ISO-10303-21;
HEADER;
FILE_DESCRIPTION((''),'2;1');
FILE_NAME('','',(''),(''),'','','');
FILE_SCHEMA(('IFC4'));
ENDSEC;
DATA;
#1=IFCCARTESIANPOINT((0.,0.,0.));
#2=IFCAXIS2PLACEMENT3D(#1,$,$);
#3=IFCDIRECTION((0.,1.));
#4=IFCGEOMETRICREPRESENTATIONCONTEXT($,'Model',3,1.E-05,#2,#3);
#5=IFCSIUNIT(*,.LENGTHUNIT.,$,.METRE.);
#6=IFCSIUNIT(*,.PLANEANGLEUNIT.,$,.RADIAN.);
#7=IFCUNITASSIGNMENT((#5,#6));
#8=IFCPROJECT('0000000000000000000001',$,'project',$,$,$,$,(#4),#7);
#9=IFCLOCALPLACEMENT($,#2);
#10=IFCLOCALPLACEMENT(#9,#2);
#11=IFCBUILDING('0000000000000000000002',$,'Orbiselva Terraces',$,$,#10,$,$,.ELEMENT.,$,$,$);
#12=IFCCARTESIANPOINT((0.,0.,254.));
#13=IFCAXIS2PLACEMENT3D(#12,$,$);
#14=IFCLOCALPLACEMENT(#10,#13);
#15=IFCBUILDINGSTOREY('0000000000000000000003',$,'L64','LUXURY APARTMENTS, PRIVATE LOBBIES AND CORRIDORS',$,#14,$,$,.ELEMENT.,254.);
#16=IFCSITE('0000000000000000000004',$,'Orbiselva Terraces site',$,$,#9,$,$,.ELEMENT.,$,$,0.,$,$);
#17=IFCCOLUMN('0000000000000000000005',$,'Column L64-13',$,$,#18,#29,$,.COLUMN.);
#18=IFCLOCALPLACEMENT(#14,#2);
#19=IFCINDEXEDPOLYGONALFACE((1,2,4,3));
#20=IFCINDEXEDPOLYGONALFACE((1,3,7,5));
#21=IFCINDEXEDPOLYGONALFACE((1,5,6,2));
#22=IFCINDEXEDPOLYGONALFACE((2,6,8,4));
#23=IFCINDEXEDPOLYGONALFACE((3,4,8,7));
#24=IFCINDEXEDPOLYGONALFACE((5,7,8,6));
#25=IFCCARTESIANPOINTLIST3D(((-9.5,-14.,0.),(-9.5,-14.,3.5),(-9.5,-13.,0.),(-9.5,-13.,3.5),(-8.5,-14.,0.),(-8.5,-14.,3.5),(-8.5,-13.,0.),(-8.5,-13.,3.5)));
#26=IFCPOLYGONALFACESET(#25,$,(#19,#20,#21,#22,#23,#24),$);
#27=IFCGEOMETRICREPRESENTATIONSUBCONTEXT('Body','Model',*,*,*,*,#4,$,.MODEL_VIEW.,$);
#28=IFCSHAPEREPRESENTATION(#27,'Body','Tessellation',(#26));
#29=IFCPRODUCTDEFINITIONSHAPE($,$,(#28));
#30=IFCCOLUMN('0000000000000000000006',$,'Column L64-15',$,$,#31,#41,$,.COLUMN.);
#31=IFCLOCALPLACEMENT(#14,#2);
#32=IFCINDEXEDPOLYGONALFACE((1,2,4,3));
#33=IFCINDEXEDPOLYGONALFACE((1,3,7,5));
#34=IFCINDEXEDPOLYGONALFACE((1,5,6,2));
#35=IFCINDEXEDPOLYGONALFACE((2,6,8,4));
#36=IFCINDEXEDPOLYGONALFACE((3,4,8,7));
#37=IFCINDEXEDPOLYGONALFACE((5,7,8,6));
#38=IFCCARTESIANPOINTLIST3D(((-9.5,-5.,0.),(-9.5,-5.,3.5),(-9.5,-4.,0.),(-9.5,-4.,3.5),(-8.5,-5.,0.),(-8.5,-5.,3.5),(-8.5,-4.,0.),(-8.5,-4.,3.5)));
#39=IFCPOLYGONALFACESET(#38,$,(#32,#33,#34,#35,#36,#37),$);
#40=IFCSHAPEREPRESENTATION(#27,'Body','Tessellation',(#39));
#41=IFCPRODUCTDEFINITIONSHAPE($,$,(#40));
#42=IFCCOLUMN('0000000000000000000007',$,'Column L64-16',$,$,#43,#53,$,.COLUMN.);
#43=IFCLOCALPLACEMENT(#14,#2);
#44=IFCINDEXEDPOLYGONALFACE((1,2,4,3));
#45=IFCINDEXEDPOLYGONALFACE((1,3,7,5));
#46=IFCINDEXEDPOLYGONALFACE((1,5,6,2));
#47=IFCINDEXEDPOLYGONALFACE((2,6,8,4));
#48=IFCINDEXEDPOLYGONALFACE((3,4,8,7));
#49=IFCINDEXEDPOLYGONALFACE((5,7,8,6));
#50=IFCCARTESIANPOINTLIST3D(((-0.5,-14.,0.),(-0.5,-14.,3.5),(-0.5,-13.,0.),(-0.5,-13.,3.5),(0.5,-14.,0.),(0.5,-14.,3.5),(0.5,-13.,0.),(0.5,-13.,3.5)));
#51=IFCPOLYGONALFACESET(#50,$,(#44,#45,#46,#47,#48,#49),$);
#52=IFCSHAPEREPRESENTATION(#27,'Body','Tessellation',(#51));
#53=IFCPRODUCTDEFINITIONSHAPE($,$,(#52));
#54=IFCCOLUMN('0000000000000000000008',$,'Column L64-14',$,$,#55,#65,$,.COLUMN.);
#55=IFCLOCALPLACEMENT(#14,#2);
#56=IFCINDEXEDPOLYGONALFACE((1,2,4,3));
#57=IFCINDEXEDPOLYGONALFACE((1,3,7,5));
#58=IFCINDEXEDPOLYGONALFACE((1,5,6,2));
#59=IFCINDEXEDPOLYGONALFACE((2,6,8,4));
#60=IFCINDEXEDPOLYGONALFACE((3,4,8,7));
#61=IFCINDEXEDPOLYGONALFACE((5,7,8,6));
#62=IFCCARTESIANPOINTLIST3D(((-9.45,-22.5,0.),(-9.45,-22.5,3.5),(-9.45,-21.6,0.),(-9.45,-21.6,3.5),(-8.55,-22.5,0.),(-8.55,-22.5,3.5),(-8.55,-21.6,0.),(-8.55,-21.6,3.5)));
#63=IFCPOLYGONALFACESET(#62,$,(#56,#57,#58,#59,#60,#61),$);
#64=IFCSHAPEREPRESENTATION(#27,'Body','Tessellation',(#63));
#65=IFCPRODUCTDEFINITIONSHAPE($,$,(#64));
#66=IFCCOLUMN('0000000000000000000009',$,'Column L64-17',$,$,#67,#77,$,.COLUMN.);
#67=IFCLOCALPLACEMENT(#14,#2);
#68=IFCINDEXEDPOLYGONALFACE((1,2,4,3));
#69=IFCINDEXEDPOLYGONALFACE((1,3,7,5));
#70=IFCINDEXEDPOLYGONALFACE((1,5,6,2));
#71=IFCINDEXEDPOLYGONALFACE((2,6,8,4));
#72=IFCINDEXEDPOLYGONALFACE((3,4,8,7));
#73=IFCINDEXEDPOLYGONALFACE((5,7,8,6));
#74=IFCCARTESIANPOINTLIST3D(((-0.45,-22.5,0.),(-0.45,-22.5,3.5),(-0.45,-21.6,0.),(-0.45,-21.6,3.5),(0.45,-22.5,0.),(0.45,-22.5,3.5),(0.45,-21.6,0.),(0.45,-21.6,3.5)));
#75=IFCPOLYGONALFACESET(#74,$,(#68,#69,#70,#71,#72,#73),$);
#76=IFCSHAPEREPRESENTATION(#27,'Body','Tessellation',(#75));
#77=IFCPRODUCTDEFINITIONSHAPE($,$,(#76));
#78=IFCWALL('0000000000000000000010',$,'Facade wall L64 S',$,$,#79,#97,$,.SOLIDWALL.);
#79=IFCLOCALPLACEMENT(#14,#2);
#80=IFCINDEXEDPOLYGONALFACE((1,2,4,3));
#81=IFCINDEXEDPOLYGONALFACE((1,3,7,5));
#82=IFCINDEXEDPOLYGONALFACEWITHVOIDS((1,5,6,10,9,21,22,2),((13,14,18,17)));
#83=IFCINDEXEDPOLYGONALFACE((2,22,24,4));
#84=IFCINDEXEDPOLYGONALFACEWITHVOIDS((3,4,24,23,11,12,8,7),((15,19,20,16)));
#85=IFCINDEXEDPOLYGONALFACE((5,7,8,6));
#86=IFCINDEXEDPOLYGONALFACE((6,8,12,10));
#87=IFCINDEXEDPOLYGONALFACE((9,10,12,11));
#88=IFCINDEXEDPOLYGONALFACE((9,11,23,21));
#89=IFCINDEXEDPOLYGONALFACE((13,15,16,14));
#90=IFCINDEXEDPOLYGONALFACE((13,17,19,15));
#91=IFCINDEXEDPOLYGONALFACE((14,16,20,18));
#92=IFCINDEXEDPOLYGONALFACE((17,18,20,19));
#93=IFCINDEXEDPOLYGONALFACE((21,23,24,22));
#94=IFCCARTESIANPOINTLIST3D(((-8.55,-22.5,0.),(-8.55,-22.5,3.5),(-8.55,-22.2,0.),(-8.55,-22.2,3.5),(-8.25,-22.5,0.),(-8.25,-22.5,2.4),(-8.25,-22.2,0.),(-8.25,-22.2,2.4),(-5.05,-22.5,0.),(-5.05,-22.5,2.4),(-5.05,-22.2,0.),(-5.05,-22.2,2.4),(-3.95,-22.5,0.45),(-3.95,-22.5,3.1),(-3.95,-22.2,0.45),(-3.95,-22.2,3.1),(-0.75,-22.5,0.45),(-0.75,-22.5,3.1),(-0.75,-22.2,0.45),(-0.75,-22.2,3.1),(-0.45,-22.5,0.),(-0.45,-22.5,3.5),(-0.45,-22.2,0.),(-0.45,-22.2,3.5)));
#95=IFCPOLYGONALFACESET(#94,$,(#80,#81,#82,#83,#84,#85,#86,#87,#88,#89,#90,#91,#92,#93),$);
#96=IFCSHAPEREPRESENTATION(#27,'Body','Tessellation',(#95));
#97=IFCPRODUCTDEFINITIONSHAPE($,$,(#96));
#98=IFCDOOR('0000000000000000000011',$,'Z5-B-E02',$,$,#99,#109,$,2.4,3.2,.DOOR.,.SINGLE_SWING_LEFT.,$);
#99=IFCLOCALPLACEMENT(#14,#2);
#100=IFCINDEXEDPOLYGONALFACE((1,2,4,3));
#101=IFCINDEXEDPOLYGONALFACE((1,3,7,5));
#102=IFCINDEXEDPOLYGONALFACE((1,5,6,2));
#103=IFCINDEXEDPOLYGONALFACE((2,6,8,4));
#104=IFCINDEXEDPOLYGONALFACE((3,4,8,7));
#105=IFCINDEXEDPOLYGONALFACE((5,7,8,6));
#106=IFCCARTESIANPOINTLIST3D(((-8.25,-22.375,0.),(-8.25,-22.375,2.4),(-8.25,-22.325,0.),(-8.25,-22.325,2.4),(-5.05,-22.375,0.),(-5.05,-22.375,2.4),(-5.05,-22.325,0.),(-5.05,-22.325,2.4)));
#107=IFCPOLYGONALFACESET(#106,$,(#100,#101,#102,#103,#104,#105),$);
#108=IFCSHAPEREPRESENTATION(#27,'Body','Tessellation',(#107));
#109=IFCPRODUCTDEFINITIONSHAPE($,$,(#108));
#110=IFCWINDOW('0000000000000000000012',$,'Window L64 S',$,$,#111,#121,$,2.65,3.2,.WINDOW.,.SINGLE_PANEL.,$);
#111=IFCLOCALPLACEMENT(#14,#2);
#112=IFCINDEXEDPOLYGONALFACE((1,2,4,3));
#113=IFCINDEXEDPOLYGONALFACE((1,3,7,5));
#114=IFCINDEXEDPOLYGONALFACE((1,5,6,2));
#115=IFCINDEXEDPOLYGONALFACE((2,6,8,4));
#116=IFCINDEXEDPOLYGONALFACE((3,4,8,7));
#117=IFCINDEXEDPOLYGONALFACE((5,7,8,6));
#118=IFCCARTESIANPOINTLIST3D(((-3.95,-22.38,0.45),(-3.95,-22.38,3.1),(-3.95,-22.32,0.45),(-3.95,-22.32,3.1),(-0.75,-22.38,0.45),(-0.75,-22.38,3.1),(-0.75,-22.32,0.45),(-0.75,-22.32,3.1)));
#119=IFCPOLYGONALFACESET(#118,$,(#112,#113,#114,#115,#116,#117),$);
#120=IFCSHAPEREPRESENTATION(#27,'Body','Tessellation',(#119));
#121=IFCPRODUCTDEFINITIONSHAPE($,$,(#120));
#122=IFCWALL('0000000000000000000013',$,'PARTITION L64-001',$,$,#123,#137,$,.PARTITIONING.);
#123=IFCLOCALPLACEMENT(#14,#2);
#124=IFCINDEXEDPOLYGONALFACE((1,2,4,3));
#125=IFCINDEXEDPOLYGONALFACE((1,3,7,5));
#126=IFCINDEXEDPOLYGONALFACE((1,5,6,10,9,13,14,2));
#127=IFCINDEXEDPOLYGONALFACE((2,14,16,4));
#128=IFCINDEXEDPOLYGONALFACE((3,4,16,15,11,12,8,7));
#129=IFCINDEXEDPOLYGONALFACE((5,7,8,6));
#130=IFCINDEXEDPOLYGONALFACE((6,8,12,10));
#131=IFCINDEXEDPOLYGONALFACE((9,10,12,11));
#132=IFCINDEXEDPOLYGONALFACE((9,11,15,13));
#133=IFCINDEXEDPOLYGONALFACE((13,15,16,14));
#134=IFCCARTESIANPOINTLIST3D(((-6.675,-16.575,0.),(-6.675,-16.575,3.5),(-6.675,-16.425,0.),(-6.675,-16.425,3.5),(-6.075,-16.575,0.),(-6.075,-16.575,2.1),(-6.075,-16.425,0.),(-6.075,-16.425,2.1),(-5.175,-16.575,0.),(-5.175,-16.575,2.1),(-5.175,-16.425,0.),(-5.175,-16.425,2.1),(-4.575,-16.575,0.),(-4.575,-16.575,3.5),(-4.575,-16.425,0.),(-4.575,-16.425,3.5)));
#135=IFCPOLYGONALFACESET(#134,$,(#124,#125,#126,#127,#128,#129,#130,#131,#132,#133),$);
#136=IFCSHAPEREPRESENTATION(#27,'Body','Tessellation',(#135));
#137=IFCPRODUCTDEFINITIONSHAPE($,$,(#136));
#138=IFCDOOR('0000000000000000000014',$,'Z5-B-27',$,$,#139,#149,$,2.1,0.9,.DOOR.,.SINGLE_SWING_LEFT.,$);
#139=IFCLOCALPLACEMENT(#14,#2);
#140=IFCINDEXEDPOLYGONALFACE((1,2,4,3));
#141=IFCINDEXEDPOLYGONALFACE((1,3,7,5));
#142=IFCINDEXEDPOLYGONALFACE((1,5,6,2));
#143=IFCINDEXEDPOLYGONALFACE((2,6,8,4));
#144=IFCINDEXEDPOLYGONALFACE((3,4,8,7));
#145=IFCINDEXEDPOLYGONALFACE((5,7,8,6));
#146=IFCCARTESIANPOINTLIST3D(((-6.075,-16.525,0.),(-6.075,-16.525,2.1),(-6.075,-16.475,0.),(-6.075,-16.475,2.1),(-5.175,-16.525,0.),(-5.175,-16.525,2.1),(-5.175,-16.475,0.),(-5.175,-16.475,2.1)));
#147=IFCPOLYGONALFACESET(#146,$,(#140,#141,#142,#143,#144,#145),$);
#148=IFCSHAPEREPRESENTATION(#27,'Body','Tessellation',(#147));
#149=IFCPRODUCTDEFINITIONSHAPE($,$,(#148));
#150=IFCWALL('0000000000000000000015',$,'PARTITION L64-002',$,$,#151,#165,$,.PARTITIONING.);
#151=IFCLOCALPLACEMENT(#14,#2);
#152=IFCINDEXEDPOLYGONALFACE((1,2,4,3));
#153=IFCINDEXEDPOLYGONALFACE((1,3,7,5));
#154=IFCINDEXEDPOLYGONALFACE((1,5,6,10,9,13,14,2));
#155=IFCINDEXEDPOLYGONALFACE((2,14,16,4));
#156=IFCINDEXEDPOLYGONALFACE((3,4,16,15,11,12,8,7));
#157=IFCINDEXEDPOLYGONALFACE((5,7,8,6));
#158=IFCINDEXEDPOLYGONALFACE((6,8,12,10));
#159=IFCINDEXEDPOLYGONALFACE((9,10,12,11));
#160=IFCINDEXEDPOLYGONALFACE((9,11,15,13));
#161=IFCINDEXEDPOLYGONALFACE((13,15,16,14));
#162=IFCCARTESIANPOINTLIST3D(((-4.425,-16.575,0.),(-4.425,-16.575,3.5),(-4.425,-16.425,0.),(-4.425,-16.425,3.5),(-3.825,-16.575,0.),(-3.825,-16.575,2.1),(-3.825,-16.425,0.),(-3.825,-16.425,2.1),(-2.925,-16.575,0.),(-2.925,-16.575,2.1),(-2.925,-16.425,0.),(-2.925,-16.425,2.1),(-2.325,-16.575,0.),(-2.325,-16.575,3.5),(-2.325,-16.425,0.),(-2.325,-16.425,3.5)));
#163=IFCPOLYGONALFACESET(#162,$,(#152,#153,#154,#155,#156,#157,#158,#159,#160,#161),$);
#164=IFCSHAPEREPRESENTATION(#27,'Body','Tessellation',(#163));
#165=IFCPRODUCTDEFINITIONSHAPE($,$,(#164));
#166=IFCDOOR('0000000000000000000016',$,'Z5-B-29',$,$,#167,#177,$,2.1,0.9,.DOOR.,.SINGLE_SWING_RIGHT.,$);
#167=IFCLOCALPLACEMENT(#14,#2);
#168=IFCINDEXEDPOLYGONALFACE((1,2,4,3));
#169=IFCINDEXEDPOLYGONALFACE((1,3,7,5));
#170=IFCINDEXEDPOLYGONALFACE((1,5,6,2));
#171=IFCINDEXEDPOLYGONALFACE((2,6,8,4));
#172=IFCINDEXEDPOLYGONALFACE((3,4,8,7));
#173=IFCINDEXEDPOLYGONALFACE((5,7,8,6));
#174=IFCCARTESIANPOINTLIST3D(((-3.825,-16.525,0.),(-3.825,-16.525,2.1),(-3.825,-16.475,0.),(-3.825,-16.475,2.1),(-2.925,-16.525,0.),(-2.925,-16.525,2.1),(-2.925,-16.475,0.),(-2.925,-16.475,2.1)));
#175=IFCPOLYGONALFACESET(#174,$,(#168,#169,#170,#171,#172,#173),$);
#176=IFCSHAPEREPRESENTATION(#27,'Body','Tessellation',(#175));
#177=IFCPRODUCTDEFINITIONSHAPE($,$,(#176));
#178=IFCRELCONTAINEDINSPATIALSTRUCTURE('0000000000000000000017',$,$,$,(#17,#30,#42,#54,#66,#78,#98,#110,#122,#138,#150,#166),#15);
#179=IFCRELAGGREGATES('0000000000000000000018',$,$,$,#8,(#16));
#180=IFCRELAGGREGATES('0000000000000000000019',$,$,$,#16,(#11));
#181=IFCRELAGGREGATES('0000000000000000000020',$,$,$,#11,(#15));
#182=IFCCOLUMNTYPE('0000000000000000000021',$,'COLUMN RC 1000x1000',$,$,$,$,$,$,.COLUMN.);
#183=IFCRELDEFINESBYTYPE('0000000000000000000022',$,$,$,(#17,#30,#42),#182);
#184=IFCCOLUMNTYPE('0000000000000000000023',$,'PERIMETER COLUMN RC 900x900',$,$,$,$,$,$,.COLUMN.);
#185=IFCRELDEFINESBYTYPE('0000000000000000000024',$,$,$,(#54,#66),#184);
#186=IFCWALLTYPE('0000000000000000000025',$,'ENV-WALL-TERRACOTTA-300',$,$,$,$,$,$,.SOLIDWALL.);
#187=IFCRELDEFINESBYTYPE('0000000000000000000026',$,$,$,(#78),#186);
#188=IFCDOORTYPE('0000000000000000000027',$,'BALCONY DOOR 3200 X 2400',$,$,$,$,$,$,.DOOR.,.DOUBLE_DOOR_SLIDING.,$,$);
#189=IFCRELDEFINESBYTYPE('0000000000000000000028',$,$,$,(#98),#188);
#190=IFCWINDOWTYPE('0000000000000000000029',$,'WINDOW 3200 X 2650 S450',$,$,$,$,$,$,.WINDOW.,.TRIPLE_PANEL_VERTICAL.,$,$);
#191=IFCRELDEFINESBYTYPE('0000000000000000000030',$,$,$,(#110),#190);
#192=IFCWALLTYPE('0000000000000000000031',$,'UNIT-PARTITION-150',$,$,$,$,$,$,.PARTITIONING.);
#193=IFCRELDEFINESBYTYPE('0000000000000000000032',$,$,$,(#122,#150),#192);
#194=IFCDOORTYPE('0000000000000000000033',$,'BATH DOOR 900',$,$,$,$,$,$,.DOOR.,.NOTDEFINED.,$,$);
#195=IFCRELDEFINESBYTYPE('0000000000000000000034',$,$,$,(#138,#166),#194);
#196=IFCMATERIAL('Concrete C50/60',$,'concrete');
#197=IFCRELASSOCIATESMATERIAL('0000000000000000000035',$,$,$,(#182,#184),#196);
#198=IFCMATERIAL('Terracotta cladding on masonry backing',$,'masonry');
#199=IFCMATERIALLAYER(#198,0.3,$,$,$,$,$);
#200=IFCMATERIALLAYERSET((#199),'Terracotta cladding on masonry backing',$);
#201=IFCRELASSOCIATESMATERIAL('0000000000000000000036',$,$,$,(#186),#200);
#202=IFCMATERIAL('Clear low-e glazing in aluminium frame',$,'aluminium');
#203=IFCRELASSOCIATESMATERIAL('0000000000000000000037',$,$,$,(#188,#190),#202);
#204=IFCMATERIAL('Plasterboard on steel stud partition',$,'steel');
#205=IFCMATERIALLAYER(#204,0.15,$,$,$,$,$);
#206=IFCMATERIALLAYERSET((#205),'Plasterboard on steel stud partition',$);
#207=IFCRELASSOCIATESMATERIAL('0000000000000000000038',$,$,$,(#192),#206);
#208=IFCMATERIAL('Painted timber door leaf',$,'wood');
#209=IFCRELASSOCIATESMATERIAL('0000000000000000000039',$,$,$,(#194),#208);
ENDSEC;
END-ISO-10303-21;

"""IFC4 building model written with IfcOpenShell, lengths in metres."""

from ifc_helpers import new_model, si_unit, direction, frame, frame_2d, origin, origin_2d, place, context, subcontext, project, spatial, rectangle, extrude, material, layer, layer_set, material_profile, profile_set, type_object, element, fill, save


model = new_model("IFC4")

# Units and contexts
model_context = context("Model", 3, precision=1e-05, world=origin(), true_north=direction((0.0, 1.0)))
body_context = subcontext(model_context, "Body", "Model", "MODEL_VIEW")
ifc_project = project(units=[si_unit("LENGTHUNIT", "METRE"), si_unit("PLANEANGLEUNIT", "RADIAN")], contexts=[model_context])

# Site, building, storey
site_placement = place(None, origin())
site = spatial("IfcSite", under=ifc_project, at=site_placement, Name="Orbiselva Terraces site", CompositionType="ELEMENT", RefElevation=0.0)
building_placement = place(site_placement, origin())
building = spatial("IfcBuilding", under=site, at=building_placement, Name="Orbiselva Terraces", CompositionType="ELEMENT")
storey_placement = place(building_placement, frame((0.0, 0.0, 254.0)))
storey = spatial("IfcBuildingStorey", under=building, at=storey_placement, Name="L64", Description="LUXURY APARTMENTS, PRIVATE LOBBIES AND CORRIDORS", CompositionType="ELEMENT", Elevation=254.0)

# Columns
ifc_material_1 = material(Name="Concrete C50/60", Category="concrete")
ifc_material_profile_1 = material_profile(ifc_material_1, rectangle(XDim=1.0, YDim=1.0, at=origin_2d()), Name="RC 1000x1000")
ifc_profile_set_1 = profile_set([ifc_material_profile_1], Name="Concrete C50/60")
column_type_1 = type_object("IfcColumnType", Name="COLUMN RC 1000x1000", PredefinedType="COLUMN", material=ifc_profile_set_1)
for number, where, z_axis, x_axis, name in (
    (1, (-9.0, -13.5, 0.0), (0.0, 0.0, 1.0), (1.0, 0.0, 0.0), "Column L64-13"),
    (2, (-9.0, -4.5, 0.0), (0.0, 0.0, 1.0), (1.0, 0.0, 0.0), "Column L64-15"),
    (3, (0.0, -13.5, 0.0), (0.0, 0.0, 1.0), (1.0, 0.0, 0.0), "Column L64-16"),
):
    element("IfcColumn", number, at=place(storey_placement, frame(where, z_axis=z_axis, x_axis=x_axis)), inside=storey, type_object=column_type_1, Name=name, PredefinedType="COLUMN", context=body_context, shape_type="SweptSolid", body=[
        extrude(rectangle(XDim=1.0, YDim=1.0, at=origin_2d()), origin(), (0.0, 0.0, 1.0), 3.5),
    ])
ifc_material_profile_2 = material_profile(ifc_material_1, rectangle(XDim=0.9, YDim=0.9, at=origin_2d()), Name="RC 900x900")
ifc_profile_set_2 = profile_set([ifc_material_profile_2], Name="Concrete C50/60")
column_type_2 = type_object("IfcColumnType", Name="PERIMETER COLUMN RC 900x900", PredefinedType="COLUMN", material=ifc_profile_set_2)
for number, where, z_axis, x_axis, name in (
    (4, (-9.0, -22.05, 0.0), (0.0, 0.0, 1.0), (1.0, 0.0, 0.0), "Column L64-14"),
    (5, (0.0, -22.05, 0.0), (0.0, 0.0, 1.0), (1.0, 0.0, 0.0), "Column L64-17"),
):
    element("IfcColumn", number, at=place(storey_placement, frame(where, z_axis=z_axis, x_axis=x_axis)), inside=storey, type_object=column_type_2, Name=name, PredefinedType="COLUMN", context=body_context, shape_type="SweptSolid", body=[
        extrude(rectangle(XDim=0.9, YDim=0.9, at=origin_2d()), origin(), (0.0, 0.0, 1.0), 3.5),
    ])

# Wall, openings, door, window
ifc_material_2 = material(Name="Terracotta cladding on masonry backing", Category="masonry")
ifc_layer_1 = layer(ifc_material_2, 0.3)
ifc_layer_set_1 = layer_set([ifc_layer_1], Name="Terracotta cladding on masonry backing")
wall_type_1 = type_object("IfcWallType", Name="ENV-WALL-TERRACOTTA-300", PredefinedType="SOLIDWALL", material=ifc_layer_set_1)
wall_1_placement = place(storey_placement, frame((-0.45, -22.35, 0.0), z_axis=(0.0, 0.0, 1.0), x_axis=(-1.0, 0.0, 0.0)))
wall_1 = element("IfcWall", 6, at=wall_1_placement, inside=storey, type_object=wall_type_1, Name="Facade wall L64 S", PredefinedType="SOLIDWALL", context=body_context, shape_type="SweptSolid", body=[
    extrude(rectangle(XDim=8.1, YDim=0.3, at=frame_2d((4.05, 0.0))), origin(), (0.0, 0.0, 1.0), 3.5),
])
opening_1_placement = place(wall_1_placement, frame((4.6, 0.0, 0.0)))
opening_1 = element("IfcOpeningElement", 7, at=opening_1_placement, cuts=wall_1, PredefinedType="OPENING", context=body_context, shape_type="SweptSolid", body=[
    extrude(rectangle(XDim=3.2, YDim=2.4, at=frame_2d((1.6, 1.2))), frame((0.0, 0.16, 0.0), z_axis=(0.0, -1.0, 0.0), x_axis=(1.0, 0.0, 0.0)), (0.0, 0.0, 1.0), 0.32),
])
opening_2_placement = place(wall_1_placement, frame((0.3, 0.0, 0.45)))
opening_2 = element("IfcOpeningElement", 8, at=opening_2_placement, cuts=wall_1, PredefinedType="OPENING", context=body_context, shape_type="SweptSolid", body=[
    extrude(rectangle(XDim=3.2, YDim=2.65, at=frame_2d((1.6, 1.325))), frame((0.0, 0.16, 0.0), z_axis=(0.0, -1.0, 0.0), x_axis=(1.0, 0.0, 0.0)), (0.0, 0.0, 1.0), 0.32),
])
ifc_material_3 = material(Name="Clear low-e glazing in aluminium frame", Category="aluminium")
door_type_1 = type_object("IfcDoorType", Name="BALCONY DOOR 3200 X 2400", OperationType="DOUBLE_DOOR_SLIDING", PredefinedType="DOOR", material=ifc_material_3)
door_1_placement = place(opening_1_placement, origin())
door_1 = element("IfcDoor", 9, at=door_1_placement, inside=storey, type_object=door_type_1, Name="Z5-B-E02", OperationType="SINGLE_SWING_LEFT", OverallHeight=2.4, OverallWidth=3.2, PredefinedType="DOOR", context=body_context, shape_type="SweptSolid", body=[
    extrude(rectangle(XDim=3.2, YDim=2.4, at=frame_2d((1.6, 1.2))), frame((0.0, 0.025, 0.0), z_axis=(0.0, -1.0, 0.0), x_axis=(1.0, 0.0, 0.0)), (0.0, 0.0, 1.0), 0.05),
])
fill(opening_1, door_1)
window_type = type_object("IfcWindowType", Name="WINDOW 3200 X 2650 S450", PartitioningType="TRIPLE_PANEL_VERTICAL", PredefinedType="WINDOW", material=ifc_material_3)
window_placement = place(opening_2_placement, origin())
window = element("IfcWindow", 10, at=window_placement, inside=storey, type_object=window_type, Name="Window L64 S", OverallHeight=2.65, OverallWidth=3.2, PartitioningType="SINGLE_PANEL", PredefinedType="WINDOW", context=body_context, shape_type="SweptSolid", body=[
    extrude(rectangle(XDim=3.2, YDim=2.65, at=frame_2d((1.6, 1.325))), frame((0.0, 0.03, 0.0), z_axis=(0.0, -1.0, 0.0), x_axis=(1.0, 0.0, 0.0)), (0.0, 0.0, 1.0), 0.06),
])
fill(opening_2, window)

# Walls, openings, doors
ifc_material_4 = material(Name="Plasterboard on steel stud partition", Category="steel")
ifc_layer_2 = layer(ifc_material_4, 0.15)
ifc_layer_set_2 = layer_set([ifc_layer_2], Name="Plasterboard on steel stud partition")
wall_type_2 = type_object("IfcWallType", Name="UNIT-PARTITION-150", PredefinedType="PARTITIONING", material=ifc_layer_set_2)
wall_2_placement = place(storey_placement, frame((-6.675, -16.5, 0.0), z_axis=(0.0, 0.0, 1.0), x_axis=(1.0, 0.0, 0.0)))
wall_2 = element("IfcWall", 11, at=wall_2_placement, inside=storey, type_object=wall_type_2, Name="PARTITION L64-001", PredefinedType="PARTITIONING", context=body_context, shape_type="SweptSolid", body=[
    extrude(rectangle(XDim=2.1, YDim=0.15, at=frame_2d((1.05, 0.0))), origin(), (0.0, 0.0, 1.0), 3.5),
])
opening_3_placement = place(wall_2_placement, frame((0.6, 0.0, 0.0)))
opening_3 = element("IfcOpeningElement", 12, at=opening_3_placement, cuts=wall_2, PredefinedType="OPENING", context=body_context, shape_type="SweptSolid", body=[
    extrude(rectangle(XDim=0.9, YDim=2.1, at=frame_2d((0.45, 1.05))), frame((0.0, 0.085, 0.0), z_axis=(0.0, -1.0, 0.0), x_axis=(1.0, 0.0, 0.0)), (0.0, 0.0, 1.0), 0.17),
])
ifc_material_5 = material(Name="Painted timber door leaf", Category="wood")
door_type_2 = type_object("IfcDoorType", Name="BATH DOOR 900", OperationType="NOTDEFINED", PredefinedType="DOOR", material=ifc_material_5)
door_2_placement = place(opening_3_placement, origin())
door_2 = element("IfcDoor", 13, at=door_2_placement, inside=storey, type_object=door_type_2, Name="Z5-B-27", OperationType="SINGLE_SWING_LEFT", OverallHeight=2.1, OverallWidth=0.9, PredefinedType="DOOR", context=body_context, shape_type="SweptSolid", body=[
    extrude(rectangle(XDim=0.9, YDim=2.1, at=frame_2d((0.45, 1.05))), frame((0.0, 0.025, 0.0), z_axis=(0.0, -1.0, 0.0), x_axis=(1.0, 0.0, 0.0)), (0.0, 0.0, 1.0), 0.05),
])
fill(opening_3, door_2)
wall_3_placement = place(storey_placement, frame((-4.425, -16.5, 0.0), z_axis=(0.0, 0.0, 1.0), x_axis=(1.0, 0.0, 0.0)))
wall_3 = element("IfcWall", 14, at=wall_3_placement, inside=storey, type_object=wall_type_2, Name="PARTITION L64-002", PredefinedType="PARTITIONING", context=body_context, shape_type="SweptSolid", body=[
    extrude(rectangle(XDim=2.1, YDim=0.15, at=frame_2d((1.05, 0.0))), origin(), (0.0, 0.0, 1.0), 3.5),
])
opening_4_placement = place(wall_3_placement, frame((0.6, 0.0, 0.0)))
opening_4 = element("IfcOpeningElement", 15, at=opening_4_placement, cuts=wall_3, PredefinedType="OPENING", context=body_context, shape_type="SweptSolid", body=[
    extrude(rectangle(XDim=0.9, YDim=2.1, at=frame_2d((0.45, 1.05))), frame((0.0, 0.085, 0.0), z_axis=(0.0, -1.0, 0.0), x_axis=(1.0, 0.0, 0.0)), (0.0, 0.0, 1.0), 0.17),
])
door_3_placement = place(opening_4_placement, origin())
door_3 = element("IfcDoor", 16, at=door_3_placement, inside=storey, type_object=door_type_2, Name="Z5-B-29", OperationType="SINGLE_SWING_RIGHT", OverallHeight=2.1, OverallWidth=0.9, PredefinedType="DOOR", context=body_context, shape_type="SweptSolid", body=[
    extrude(rectangle(XDim=0.9, YDim=2.1, at=frame_2d((0.45, 1.05))), frame((0.0, 0.025, 0.0), z_axis=(0.0, -1.0, 0.0), x_axis=(1.0, 0.0, 0.0)), (0.0, 0.0, 1.0), 0.05),
])
fill(opening_4, door_3)

save(model, "model.ifc")
